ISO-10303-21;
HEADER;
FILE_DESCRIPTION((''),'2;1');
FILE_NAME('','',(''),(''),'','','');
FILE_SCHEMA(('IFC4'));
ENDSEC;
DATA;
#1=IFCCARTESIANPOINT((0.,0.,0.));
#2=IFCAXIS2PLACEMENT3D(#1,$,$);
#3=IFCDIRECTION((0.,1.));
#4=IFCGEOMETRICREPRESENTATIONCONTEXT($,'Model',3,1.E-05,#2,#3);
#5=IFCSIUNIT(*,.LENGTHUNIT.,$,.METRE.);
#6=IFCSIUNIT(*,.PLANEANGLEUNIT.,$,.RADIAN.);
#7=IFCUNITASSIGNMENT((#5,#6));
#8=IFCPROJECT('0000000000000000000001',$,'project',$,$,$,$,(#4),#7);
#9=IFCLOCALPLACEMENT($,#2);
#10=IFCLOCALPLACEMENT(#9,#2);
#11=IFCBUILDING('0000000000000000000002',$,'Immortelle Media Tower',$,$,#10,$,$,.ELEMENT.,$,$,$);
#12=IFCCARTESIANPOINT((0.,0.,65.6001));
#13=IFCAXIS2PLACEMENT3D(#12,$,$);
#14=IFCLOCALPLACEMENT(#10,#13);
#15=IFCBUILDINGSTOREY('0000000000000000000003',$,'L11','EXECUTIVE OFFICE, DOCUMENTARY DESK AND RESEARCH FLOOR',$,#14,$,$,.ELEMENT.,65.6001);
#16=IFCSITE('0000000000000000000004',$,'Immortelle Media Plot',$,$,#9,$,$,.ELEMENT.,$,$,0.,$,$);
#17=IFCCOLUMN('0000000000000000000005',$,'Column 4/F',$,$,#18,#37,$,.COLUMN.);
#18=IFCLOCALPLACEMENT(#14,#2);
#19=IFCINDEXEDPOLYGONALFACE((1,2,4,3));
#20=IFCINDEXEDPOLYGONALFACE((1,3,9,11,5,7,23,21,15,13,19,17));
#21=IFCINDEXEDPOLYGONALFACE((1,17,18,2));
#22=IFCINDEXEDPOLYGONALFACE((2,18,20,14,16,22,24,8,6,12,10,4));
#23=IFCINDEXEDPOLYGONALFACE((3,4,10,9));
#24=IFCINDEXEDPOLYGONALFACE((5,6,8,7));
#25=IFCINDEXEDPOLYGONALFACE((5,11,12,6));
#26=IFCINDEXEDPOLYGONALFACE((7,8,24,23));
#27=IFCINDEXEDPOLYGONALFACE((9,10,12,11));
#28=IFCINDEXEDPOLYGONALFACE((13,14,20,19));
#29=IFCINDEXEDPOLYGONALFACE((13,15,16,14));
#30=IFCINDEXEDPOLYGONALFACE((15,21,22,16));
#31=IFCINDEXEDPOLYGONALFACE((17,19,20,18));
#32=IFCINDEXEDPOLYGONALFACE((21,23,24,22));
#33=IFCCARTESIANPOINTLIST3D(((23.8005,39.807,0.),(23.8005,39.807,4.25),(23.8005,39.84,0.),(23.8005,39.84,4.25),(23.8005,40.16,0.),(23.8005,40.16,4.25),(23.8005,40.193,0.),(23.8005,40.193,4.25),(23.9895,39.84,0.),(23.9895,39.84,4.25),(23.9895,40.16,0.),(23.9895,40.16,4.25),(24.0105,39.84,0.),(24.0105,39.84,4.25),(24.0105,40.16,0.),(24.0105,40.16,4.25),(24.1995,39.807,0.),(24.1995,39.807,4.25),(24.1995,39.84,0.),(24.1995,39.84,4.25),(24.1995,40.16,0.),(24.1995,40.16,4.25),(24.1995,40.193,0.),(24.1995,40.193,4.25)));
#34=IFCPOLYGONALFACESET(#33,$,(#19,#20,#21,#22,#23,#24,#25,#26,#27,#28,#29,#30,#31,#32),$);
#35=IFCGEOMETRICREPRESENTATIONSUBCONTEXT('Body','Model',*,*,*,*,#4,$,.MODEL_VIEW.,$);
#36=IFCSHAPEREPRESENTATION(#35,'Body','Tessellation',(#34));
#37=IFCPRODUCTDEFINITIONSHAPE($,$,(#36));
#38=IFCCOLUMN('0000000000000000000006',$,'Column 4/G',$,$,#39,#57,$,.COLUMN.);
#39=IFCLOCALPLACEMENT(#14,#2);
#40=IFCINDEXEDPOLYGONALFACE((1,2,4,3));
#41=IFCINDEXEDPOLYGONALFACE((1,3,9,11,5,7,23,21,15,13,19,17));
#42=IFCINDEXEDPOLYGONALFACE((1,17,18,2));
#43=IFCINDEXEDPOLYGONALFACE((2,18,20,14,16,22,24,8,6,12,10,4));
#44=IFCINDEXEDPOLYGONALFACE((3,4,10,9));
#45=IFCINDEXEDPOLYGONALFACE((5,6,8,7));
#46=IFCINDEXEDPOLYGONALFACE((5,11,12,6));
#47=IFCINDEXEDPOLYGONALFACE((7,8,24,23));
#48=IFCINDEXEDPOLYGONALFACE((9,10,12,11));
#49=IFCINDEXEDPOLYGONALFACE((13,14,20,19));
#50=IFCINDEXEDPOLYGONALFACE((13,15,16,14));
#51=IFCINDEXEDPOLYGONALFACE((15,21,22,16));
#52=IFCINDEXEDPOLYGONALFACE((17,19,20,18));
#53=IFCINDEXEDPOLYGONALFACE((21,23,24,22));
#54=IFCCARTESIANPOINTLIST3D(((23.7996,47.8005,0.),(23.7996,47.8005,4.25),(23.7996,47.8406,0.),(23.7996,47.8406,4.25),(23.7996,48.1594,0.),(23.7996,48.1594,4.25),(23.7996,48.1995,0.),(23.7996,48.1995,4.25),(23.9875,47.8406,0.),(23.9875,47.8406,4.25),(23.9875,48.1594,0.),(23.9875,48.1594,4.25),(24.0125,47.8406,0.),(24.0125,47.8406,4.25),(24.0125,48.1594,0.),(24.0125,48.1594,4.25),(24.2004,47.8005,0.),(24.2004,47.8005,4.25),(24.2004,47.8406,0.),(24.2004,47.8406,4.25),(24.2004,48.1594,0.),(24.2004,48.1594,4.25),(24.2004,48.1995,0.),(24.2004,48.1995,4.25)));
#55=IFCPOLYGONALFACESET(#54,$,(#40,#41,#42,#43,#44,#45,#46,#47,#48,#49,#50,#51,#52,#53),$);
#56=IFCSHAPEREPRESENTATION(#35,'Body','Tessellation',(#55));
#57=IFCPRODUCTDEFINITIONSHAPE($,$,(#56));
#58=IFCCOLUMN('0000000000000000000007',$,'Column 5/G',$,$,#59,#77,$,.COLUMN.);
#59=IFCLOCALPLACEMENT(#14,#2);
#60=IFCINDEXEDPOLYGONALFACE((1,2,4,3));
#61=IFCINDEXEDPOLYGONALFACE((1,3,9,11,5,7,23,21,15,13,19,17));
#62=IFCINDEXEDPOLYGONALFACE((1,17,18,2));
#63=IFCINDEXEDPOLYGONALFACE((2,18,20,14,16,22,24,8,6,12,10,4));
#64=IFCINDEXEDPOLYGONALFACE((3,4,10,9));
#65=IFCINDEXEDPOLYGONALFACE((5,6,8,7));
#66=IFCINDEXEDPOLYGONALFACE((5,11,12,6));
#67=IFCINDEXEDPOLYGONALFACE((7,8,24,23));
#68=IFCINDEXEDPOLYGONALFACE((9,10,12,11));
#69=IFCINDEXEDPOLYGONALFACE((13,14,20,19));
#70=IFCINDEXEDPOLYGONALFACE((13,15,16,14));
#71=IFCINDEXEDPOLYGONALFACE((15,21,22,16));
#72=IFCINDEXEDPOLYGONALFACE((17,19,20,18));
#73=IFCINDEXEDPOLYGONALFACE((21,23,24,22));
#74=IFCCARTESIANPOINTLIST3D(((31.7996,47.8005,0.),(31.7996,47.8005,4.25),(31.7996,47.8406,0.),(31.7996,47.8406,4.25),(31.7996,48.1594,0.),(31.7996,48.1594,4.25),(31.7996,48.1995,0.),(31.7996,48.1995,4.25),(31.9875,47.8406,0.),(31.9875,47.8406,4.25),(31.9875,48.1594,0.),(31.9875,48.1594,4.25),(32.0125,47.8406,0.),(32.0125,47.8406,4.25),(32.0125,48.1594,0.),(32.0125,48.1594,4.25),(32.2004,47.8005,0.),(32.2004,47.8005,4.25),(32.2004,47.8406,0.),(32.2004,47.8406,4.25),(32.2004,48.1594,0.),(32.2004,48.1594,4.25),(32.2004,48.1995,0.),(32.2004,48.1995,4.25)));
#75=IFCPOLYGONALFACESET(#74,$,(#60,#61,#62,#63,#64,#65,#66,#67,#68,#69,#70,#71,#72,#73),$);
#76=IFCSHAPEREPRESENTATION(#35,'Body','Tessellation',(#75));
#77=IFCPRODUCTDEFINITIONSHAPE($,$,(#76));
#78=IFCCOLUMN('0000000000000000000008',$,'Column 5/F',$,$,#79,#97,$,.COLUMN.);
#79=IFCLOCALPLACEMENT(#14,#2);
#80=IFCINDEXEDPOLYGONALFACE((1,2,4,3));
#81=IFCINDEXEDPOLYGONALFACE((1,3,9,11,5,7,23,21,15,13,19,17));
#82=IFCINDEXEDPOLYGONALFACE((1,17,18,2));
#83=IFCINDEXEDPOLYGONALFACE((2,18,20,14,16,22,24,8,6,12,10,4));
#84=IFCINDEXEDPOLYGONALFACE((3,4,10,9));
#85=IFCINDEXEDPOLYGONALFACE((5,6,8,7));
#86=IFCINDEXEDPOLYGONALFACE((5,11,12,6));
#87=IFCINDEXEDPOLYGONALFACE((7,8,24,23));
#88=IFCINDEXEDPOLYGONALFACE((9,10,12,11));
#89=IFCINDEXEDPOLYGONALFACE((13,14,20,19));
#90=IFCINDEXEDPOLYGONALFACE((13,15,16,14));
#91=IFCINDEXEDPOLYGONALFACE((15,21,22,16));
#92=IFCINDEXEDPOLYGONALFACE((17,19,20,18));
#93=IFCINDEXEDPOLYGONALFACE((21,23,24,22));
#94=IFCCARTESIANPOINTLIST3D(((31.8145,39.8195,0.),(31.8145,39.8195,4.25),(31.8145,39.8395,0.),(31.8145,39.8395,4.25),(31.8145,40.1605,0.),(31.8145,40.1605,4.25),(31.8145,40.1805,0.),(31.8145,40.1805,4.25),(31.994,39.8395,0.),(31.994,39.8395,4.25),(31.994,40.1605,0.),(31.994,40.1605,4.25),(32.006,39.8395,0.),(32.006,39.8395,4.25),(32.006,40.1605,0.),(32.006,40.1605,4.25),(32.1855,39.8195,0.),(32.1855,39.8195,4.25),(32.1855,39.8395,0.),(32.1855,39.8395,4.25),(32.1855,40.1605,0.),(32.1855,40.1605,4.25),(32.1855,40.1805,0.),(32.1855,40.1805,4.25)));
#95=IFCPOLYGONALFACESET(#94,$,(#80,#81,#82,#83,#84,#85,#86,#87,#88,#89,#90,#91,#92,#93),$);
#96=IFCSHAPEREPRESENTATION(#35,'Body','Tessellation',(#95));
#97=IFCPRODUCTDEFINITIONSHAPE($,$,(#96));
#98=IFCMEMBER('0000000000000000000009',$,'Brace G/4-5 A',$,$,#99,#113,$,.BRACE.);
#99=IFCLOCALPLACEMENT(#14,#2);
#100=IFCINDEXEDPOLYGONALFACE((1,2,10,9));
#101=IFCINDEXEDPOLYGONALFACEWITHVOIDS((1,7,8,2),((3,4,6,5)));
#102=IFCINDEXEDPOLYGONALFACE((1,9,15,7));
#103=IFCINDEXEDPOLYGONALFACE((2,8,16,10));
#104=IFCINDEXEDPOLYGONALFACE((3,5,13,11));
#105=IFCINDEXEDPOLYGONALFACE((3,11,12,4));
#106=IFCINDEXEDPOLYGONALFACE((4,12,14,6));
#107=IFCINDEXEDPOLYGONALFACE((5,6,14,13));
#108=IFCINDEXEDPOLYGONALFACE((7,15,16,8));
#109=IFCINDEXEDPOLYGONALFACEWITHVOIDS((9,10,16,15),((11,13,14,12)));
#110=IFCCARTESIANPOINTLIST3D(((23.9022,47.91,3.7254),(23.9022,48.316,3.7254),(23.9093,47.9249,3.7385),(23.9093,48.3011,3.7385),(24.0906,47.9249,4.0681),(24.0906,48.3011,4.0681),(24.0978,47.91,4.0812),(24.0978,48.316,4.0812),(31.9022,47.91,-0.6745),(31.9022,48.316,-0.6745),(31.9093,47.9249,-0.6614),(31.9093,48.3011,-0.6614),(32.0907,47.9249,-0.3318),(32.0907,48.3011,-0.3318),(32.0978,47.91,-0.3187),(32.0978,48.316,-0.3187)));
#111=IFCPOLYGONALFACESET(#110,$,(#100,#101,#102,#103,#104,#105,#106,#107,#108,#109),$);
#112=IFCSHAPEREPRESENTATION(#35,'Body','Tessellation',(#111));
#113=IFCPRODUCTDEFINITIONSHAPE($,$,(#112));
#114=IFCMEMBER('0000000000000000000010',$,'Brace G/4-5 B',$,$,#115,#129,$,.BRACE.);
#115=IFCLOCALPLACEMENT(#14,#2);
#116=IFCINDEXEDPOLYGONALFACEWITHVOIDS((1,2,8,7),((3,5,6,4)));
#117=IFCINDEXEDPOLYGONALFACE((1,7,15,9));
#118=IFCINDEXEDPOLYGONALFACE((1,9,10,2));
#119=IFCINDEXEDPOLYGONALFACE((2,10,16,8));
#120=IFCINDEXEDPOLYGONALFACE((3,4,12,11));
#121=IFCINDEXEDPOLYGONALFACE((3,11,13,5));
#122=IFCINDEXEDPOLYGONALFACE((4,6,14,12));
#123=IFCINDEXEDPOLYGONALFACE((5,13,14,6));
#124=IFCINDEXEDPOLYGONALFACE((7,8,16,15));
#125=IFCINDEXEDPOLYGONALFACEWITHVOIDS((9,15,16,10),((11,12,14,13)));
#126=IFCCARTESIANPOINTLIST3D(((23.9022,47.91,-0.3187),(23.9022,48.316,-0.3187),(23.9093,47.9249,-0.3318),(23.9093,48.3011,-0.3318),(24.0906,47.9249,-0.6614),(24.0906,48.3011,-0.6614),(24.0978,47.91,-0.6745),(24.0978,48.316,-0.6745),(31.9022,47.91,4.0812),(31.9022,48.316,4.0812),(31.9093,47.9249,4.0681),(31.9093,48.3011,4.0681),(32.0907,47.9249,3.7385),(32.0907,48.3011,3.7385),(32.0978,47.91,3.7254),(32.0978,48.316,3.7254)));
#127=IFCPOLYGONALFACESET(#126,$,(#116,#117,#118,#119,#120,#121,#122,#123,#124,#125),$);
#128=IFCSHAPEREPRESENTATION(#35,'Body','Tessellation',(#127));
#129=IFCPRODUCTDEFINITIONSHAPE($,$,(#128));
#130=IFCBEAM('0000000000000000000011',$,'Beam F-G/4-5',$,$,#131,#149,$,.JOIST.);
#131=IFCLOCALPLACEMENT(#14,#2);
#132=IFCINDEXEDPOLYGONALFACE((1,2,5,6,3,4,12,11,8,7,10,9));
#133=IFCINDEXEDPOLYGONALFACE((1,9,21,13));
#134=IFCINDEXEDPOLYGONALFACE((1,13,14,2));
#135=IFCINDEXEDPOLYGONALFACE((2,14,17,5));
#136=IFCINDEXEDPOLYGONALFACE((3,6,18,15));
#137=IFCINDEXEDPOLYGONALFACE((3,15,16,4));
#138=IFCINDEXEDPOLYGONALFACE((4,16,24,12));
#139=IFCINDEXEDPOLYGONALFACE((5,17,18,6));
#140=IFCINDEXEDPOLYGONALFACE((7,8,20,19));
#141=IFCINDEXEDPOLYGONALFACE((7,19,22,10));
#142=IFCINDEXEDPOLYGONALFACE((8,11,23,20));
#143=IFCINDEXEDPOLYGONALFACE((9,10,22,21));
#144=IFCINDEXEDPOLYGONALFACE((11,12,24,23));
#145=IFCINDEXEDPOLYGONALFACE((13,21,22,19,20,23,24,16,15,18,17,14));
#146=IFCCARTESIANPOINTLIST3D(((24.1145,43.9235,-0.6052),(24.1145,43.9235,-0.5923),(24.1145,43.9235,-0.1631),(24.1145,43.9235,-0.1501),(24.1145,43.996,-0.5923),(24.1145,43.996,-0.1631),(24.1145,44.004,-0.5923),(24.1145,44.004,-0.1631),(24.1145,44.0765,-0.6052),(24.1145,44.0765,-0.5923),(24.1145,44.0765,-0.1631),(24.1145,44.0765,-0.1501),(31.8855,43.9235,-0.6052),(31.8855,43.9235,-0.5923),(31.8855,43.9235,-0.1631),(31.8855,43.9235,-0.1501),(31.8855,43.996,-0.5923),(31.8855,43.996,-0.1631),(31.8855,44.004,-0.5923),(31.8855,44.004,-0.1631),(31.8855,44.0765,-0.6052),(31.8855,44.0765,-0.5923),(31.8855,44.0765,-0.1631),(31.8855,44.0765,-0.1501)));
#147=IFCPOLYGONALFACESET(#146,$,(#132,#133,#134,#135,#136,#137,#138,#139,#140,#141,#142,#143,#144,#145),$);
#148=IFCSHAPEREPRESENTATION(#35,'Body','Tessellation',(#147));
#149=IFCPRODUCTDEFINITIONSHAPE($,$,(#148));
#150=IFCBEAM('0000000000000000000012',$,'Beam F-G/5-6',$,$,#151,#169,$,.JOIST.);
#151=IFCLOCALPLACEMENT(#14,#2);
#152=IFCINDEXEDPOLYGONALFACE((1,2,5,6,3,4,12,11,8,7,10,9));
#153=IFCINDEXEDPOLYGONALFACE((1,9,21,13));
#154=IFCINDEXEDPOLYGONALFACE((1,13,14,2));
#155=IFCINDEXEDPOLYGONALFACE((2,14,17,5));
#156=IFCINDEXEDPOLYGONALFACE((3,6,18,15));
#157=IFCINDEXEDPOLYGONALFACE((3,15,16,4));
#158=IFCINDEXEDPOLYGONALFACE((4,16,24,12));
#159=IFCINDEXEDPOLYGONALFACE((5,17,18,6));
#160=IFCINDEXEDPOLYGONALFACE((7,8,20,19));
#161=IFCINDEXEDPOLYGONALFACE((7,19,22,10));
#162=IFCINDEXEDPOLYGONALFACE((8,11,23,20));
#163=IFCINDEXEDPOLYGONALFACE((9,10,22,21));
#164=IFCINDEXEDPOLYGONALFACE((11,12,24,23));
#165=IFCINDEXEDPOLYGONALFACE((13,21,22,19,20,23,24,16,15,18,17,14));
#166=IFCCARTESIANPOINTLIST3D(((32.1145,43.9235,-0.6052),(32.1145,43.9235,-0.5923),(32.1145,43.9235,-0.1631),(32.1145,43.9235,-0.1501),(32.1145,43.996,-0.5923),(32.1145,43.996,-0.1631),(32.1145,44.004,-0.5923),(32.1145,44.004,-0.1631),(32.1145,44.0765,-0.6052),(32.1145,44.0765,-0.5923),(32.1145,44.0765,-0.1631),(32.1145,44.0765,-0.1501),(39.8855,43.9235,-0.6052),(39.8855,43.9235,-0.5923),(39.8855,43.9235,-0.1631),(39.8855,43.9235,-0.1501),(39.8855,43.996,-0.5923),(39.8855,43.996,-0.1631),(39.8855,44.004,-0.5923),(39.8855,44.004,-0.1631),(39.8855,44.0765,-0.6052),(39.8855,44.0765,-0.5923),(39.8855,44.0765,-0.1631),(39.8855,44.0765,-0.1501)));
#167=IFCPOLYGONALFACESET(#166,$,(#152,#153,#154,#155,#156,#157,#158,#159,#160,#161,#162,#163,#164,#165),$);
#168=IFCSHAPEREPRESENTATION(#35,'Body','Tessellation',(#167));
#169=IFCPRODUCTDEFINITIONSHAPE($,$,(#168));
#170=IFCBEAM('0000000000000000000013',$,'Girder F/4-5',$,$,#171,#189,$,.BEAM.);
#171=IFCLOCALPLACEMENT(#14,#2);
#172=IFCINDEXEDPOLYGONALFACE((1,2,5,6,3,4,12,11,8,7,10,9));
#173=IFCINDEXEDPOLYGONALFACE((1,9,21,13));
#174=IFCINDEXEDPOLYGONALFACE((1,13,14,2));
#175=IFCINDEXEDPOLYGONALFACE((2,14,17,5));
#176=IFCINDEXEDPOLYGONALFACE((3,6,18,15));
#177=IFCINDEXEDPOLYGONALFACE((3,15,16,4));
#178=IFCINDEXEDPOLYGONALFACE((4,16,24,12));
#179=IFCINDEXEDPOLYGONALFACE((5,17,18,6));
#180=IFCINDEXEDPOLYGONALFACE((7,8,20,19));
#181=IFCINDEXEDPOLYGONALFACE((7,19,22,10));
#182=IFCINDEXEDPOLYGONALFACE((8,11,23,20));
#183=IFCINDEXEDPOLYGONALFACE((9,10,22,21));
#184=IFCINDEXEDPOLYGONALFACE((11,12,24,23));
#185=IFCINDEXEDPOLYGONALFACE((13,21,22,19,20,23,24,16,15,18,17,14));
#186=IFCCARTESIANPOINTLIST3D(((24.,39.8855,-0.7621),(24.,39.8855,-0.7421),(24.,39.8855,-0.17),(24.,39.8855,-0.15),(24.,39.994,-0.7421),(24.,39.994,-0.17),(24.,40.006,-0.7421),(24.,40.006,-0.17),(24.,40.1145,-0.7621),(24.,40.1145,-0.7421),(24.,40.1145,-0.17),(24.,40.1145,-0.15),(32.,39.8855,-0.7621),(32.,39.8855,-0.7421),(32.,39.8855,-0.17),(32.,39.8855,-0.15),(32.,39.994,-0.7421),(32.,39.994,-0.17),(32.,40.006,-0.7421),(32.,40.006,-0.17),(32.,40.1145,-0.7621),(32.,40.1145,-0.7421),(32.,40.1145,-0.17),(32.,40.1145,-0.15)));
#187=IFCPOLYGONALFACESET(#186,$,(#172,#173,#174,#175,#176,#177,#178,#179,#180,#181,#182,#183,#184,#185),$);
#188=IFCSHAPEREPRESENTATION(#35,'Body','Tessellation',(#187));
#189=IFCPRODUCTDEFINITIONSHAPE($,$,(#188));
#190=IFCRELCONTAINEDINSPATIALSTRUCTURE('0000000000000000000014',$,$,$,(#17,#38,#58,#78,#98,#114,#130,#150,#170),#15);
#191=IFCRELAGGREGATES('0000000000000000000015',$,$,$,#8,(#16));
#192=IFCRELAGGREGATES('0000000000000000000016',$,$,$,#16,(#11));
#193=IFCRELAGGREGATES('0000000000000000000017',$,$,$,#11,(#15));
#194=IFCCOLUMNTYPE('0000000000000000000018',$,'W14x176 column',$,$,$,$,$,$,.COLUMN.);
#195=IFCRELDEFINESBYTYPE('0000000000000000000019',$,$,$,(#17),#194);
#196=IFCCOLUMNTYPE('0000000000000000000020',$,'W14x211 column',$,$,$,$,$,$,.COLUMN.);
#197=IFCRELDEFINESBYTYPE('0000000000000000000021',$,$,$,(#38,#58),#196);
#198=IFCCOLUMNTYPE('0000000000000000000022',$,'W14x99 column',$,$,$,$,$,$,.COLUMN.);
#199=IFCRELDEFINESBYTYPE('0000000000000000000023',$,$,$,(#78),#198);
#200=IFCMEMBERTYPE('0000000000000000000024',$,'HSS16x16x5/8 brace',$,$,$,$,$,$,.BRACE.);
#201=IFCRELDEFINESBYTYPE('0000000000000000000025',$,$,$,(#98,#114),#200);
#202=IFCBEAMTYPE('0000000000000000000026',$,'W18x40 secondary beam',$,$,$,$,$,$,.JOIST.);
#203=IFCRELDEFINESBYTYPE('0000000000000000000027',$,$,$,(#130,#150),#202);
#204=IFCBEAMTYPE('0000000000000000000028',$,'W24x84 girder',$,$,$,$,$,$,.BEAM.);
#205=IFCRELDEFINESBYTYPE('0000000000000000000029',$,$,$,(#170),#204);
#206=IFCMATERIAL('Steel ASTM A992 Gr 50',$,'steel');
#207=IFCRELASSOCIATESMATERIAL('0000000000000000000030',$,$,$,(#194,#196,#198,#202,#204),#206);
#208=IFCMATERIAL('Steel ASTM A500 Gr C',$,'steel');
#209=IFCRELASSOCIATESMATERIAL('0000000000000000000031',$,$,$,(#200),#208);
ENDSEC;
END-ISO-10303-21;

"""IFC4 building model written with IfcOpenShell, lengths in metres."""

from ifc_helpers import new_model, si_unit, direction, frame, origin, origin_2d, place, context, subcontext, project, spatial, hollow_rectangle, i_section, extrude, material, material_profile, profile_set, type_object, element, save


model = new_model("IFC4")

# Units and contexts
model_context = context("Model", 3, precision=1e-05, world=origin(), true_north=direction((0.0, 1.0)))
body_context = subcontext(model_context, "Body", "Model", "MODEL_VIEW")
ifc_project = project(units=[si_unit("LENGTHUNIT", "METRE"), si_unit("PLANEANGLEUNIT", "RADIAN")], contexts=[model_context])

# Site, building, storey
site_placement = place(None, origin())
site = spatial("IfcSite", under=ifc_project, at=site_placement, Name="Immortelle Media Plot", CompositionType="ELEMENT", RefElevation=0.0)
building_placement = place(site_placement, origin())
building = spatial("IfcBuilding", under=site, at=building_placement, Name="Immortelle Media Tower", CompositionType="ELEMENT")
storey_placement = place(building_placement, frame((0.0, 0.0, 65.6001)))
storey = spatial("IfcBuildingStorey", under=building, at=storey_placement, Name="L11", Description="EXECUTIVE OFFICE, DOCUMENTARY DESK AND RESEARCH FLOOR", CompositionType="ELEMENT", Elevation=65.6001)

# Columns
ifc_material_1 = material(Name="Steel ASTM A992 Gr 50", Category="steel")
ifc_material_profile_1 = material_profile(ifc_material_1, i_section(OverallWidth=0.3989, OverallDepth=0.386, WebThickness=0.021, FlangeThickness=0.033, at=origin_2d()), Name="W14x176")
ifc_profile_set_1 = profile_set([ifc_material_profile_1], Name="Steel ASTM A992 Gr 50")
column_type_1 = type_object("IfcColumnType", Name="W14x176 column", PredefinedType="COLUMN", material=ifc_profile_set_1)
column_1_placement = place(storey_placement, frame((24.0, 40.0, 0.0), z_axis=(0.0, 0.0, 1.0), x_axis=(1.0, 0.0, 0.0)))
element("IfcColumn", 1, at=column_1_placement, inside=storey, type_object=column_type_1, Name="Column 4/F", PredefinedType="COLUMN", context=body_context, shape_type="SweptSolid", body=[
    extrude(i_section(OverallWidth=0.3989, OverallDepth=0.386, WebThickness=0.021, FlangeThickness=0.033, at=origin_2d()), origin(), (0.0, 0.0, 1.0), 4.25),
])
ifc_material_profile_2 = material_profile(ifc_material_1, i_section(OverallWidth=0.4009, OverallDepth=0.3989, WebThickness=0.0249, FlangeThickness=0.04, at=origin_2d()), Name="W14x211")
ifc_profile_set_2 = profile_set([ifc_material_profile_2], Name="Steel ASTM A992 Gr 50")
column_type_2 = type_object("IfcColumnType", Name="W14x211 column", PredefinedType="COLUMN", material=ifc_profile_set_2)
for number, where, z_axis, x_axis, name in (
    (2, (24.0, 48.0, 0.0), (0.0, 0.0, 1.0), (1.0, 0.0, 0.0), "Column 4/G"),
    (3, (32.0, 48.0, 0.0), (0.0, 0.0, 1.0), (1.0, 0.0, 0.0), "Column 5/G"),
):
    element("IfcColumn", number, at=place(storey_placement, frame(where, z_axis=z_axis, x_axis=x_axis)), inside=storey, type_object=column_type_2, Name=name, PredefinedType="COLUMN", context=body_context, shape_type="SweptSolid", body=[
        extrude(i_section(OverallWidth=0.4009, OverallDepth=0.3989, WebThickness=0.0249, FlangeThickness=0.04, at=origin_2d()), origin(), (0.0, 0.0, 1.0), 4.25),
    ])
ifc_material_profile_3 = material_profile(ifc_material_1, i_section(OverallWidth=0.3711, OverallDepth=0.3611, WebThickness=0.012, FlangeThickness=0.02, at=origin_2d()), Name="W14x99")
ifc_profile_set_3 = profile_set([ifc_material_profile_3], Name="Steel ASTM A992 Gr 50")
column_type_3 = type_object("IfcColumnType", Name="W14x99 column", PredefinedType="COLUMN", material=ifc_profile_set_3)
column_2_placement = place(storey_placement, frame((32.0, 40.0, 0.0), z_axis=(0.0, 0.0, 1.0), x_axis=(1.0, 0.0, 0.0)))
element("IfcColumn", 4, at=column_2_placement, inside=storey, type_object=column_type_3, Name="Column 5/F", PredefinedType="COLUMN", context=body_context, shape_type="SweptSolid", body=[
    extrude(i_section(OverallWidth=0.3711, OverallDepth=0.3611, WebThickness=0.012, FlangeThickness=0.02, at=origin_2d()), origin(), (0.0, 0.0, 1.0), 4.25),
])

# Members
ifc_material_2 = material(Name="Steel ASTM A500 Gr C", Category="steel")
ifc_material_profile_4 = material_profile(ifc_material_2, hollow_rectangle(XDim=0.406, YDim=0.406, WallThickness=0.0149, at=origin_2d()), Name="HSS16x16x5/8 brace")
ifc_profile_set_4 = profile_set([ifc_material_profile_4], Name="Steel ASTM A500 Gr C")
member_type = type_object("IfcMemberType", Name="HSS16x16x5/8 brace", PredefinedType="BRACE", material=ifc_profile_set_4)
for number, where, z_axis, x_axis, name in (
    (5, (32.0, 48.113, -0.4966), (-0.87622, 0.0, 0.481911), (0.0, -1.0, 0.0), "Brace G/4-5 A"),
    (6, (32.0, 48.113, 3.9033), (-0.87622, 0.0, -0.481911), (0.0, -1.0, 0.0), "Brace G/4-5 B"),
):
    element("IfcMember", number, at=place(storey_placement, frame(where, z_axis=z_axis, x_axis=x_axis)), inside=storey, type_object=member_type, Name=name, PredefinedType="BRACE", context=body_context, shape_type="SweptSolid", body=[
        extrude(hollow_rectangle(XDim=0.406, YDim=0.406, WallThickness=0.0149, at=origin_2d()), origin(), (0.0, 0.0, 1.0), 9.1301),
    ])

# Beams
ifc_material_profile_5 = material_profile(ifc_material_1, i_section(OverallWidth=0.1531, OverallDepth=0.4551, WebThickness=0.0081, FlangeThickness=0.0129, at=origin_2d()), Name="W18x40")
ifc_profile_set_5 = profile_set([ifc_material_profile_5], Name="Steel ASTM A992 Gr 50")
beam_type_1 = type_object("IfcBeamType", Name="W18x40 secondary beam", PredefinedType="JOIST", material=ifc_profile_set_5)
for number, where, z_axis, x_axis, name in (
    (7, (24.1145, 44.0, -0.3777), (1.0, 0.0, 0.0), (0.0, 1.0, 0.0), "Beam F-G/4-5"),
    (8, (32.1145, 44.0, -0.3777), (1.0, 0.0, 0.0), (0.0, 1.0, 0.0), "Beam F-G/5-6"),
):
    element("IfcBeam", number, at=place(storey_placement, frame(where, z_axis=z_axis, x_axis=x_axis)), inside=storey, type_object=beam_type_1, Name=name, PredefinedType="JOIST", context=body_context, shape_type="SweptSolid", body=[
        extrude(i_section(OverallWidth=0.1531, OverallDepth=0.4551, WebThickness=0.0081, FlangeThickness=0.0129, at=origin_2d()), origin(), (0.0, 0.0, 1.0), 7.771),
    ])
ifc_material_profile_6 = material_profile(ifc_material_1, i_section(OverallWidth=0.229, OverallDepth=0.6121, WebThickness=0.012, FlangeThickness=0.02, at=origin_2d()), Name="W24x84")
ifc_profile_set_6 = profile_set([ifc_material_profile_6], Name="Steel ASTM A992 Gr 50")
beam_type_2 = type_object("IfcBeamType", Name="W24x84 girder", PredefinedType="BEAM", material=ifc_profile_set_6)
for number, where, z_axis, x_axis, name in (
    (9, (24.0, 40.0, -0.4561), (1.0, 0.0, 0.0), (0.0, 1.0, 0.0), "Girder F/4-5"),
):
    element("IfcBeam", number, at=place(storey_placement, frame(where, z_axis=z_axis, x_axis=x_axis)), inside=storey, type_object=beam_type_2, Name=name, PredefinedType="BEAM", context=body_context, shape_type="SweptSolid", body=[
        extrude(i_section(OverallWidth=0.229, OverallDepth=0.6121, WebThickness=0.012, FlangeThickness=0.02, at=origin_2d()), origin(), (0.0, 0.0, 1.0), 8.0),
    ])

save(model, "model.ifc")
